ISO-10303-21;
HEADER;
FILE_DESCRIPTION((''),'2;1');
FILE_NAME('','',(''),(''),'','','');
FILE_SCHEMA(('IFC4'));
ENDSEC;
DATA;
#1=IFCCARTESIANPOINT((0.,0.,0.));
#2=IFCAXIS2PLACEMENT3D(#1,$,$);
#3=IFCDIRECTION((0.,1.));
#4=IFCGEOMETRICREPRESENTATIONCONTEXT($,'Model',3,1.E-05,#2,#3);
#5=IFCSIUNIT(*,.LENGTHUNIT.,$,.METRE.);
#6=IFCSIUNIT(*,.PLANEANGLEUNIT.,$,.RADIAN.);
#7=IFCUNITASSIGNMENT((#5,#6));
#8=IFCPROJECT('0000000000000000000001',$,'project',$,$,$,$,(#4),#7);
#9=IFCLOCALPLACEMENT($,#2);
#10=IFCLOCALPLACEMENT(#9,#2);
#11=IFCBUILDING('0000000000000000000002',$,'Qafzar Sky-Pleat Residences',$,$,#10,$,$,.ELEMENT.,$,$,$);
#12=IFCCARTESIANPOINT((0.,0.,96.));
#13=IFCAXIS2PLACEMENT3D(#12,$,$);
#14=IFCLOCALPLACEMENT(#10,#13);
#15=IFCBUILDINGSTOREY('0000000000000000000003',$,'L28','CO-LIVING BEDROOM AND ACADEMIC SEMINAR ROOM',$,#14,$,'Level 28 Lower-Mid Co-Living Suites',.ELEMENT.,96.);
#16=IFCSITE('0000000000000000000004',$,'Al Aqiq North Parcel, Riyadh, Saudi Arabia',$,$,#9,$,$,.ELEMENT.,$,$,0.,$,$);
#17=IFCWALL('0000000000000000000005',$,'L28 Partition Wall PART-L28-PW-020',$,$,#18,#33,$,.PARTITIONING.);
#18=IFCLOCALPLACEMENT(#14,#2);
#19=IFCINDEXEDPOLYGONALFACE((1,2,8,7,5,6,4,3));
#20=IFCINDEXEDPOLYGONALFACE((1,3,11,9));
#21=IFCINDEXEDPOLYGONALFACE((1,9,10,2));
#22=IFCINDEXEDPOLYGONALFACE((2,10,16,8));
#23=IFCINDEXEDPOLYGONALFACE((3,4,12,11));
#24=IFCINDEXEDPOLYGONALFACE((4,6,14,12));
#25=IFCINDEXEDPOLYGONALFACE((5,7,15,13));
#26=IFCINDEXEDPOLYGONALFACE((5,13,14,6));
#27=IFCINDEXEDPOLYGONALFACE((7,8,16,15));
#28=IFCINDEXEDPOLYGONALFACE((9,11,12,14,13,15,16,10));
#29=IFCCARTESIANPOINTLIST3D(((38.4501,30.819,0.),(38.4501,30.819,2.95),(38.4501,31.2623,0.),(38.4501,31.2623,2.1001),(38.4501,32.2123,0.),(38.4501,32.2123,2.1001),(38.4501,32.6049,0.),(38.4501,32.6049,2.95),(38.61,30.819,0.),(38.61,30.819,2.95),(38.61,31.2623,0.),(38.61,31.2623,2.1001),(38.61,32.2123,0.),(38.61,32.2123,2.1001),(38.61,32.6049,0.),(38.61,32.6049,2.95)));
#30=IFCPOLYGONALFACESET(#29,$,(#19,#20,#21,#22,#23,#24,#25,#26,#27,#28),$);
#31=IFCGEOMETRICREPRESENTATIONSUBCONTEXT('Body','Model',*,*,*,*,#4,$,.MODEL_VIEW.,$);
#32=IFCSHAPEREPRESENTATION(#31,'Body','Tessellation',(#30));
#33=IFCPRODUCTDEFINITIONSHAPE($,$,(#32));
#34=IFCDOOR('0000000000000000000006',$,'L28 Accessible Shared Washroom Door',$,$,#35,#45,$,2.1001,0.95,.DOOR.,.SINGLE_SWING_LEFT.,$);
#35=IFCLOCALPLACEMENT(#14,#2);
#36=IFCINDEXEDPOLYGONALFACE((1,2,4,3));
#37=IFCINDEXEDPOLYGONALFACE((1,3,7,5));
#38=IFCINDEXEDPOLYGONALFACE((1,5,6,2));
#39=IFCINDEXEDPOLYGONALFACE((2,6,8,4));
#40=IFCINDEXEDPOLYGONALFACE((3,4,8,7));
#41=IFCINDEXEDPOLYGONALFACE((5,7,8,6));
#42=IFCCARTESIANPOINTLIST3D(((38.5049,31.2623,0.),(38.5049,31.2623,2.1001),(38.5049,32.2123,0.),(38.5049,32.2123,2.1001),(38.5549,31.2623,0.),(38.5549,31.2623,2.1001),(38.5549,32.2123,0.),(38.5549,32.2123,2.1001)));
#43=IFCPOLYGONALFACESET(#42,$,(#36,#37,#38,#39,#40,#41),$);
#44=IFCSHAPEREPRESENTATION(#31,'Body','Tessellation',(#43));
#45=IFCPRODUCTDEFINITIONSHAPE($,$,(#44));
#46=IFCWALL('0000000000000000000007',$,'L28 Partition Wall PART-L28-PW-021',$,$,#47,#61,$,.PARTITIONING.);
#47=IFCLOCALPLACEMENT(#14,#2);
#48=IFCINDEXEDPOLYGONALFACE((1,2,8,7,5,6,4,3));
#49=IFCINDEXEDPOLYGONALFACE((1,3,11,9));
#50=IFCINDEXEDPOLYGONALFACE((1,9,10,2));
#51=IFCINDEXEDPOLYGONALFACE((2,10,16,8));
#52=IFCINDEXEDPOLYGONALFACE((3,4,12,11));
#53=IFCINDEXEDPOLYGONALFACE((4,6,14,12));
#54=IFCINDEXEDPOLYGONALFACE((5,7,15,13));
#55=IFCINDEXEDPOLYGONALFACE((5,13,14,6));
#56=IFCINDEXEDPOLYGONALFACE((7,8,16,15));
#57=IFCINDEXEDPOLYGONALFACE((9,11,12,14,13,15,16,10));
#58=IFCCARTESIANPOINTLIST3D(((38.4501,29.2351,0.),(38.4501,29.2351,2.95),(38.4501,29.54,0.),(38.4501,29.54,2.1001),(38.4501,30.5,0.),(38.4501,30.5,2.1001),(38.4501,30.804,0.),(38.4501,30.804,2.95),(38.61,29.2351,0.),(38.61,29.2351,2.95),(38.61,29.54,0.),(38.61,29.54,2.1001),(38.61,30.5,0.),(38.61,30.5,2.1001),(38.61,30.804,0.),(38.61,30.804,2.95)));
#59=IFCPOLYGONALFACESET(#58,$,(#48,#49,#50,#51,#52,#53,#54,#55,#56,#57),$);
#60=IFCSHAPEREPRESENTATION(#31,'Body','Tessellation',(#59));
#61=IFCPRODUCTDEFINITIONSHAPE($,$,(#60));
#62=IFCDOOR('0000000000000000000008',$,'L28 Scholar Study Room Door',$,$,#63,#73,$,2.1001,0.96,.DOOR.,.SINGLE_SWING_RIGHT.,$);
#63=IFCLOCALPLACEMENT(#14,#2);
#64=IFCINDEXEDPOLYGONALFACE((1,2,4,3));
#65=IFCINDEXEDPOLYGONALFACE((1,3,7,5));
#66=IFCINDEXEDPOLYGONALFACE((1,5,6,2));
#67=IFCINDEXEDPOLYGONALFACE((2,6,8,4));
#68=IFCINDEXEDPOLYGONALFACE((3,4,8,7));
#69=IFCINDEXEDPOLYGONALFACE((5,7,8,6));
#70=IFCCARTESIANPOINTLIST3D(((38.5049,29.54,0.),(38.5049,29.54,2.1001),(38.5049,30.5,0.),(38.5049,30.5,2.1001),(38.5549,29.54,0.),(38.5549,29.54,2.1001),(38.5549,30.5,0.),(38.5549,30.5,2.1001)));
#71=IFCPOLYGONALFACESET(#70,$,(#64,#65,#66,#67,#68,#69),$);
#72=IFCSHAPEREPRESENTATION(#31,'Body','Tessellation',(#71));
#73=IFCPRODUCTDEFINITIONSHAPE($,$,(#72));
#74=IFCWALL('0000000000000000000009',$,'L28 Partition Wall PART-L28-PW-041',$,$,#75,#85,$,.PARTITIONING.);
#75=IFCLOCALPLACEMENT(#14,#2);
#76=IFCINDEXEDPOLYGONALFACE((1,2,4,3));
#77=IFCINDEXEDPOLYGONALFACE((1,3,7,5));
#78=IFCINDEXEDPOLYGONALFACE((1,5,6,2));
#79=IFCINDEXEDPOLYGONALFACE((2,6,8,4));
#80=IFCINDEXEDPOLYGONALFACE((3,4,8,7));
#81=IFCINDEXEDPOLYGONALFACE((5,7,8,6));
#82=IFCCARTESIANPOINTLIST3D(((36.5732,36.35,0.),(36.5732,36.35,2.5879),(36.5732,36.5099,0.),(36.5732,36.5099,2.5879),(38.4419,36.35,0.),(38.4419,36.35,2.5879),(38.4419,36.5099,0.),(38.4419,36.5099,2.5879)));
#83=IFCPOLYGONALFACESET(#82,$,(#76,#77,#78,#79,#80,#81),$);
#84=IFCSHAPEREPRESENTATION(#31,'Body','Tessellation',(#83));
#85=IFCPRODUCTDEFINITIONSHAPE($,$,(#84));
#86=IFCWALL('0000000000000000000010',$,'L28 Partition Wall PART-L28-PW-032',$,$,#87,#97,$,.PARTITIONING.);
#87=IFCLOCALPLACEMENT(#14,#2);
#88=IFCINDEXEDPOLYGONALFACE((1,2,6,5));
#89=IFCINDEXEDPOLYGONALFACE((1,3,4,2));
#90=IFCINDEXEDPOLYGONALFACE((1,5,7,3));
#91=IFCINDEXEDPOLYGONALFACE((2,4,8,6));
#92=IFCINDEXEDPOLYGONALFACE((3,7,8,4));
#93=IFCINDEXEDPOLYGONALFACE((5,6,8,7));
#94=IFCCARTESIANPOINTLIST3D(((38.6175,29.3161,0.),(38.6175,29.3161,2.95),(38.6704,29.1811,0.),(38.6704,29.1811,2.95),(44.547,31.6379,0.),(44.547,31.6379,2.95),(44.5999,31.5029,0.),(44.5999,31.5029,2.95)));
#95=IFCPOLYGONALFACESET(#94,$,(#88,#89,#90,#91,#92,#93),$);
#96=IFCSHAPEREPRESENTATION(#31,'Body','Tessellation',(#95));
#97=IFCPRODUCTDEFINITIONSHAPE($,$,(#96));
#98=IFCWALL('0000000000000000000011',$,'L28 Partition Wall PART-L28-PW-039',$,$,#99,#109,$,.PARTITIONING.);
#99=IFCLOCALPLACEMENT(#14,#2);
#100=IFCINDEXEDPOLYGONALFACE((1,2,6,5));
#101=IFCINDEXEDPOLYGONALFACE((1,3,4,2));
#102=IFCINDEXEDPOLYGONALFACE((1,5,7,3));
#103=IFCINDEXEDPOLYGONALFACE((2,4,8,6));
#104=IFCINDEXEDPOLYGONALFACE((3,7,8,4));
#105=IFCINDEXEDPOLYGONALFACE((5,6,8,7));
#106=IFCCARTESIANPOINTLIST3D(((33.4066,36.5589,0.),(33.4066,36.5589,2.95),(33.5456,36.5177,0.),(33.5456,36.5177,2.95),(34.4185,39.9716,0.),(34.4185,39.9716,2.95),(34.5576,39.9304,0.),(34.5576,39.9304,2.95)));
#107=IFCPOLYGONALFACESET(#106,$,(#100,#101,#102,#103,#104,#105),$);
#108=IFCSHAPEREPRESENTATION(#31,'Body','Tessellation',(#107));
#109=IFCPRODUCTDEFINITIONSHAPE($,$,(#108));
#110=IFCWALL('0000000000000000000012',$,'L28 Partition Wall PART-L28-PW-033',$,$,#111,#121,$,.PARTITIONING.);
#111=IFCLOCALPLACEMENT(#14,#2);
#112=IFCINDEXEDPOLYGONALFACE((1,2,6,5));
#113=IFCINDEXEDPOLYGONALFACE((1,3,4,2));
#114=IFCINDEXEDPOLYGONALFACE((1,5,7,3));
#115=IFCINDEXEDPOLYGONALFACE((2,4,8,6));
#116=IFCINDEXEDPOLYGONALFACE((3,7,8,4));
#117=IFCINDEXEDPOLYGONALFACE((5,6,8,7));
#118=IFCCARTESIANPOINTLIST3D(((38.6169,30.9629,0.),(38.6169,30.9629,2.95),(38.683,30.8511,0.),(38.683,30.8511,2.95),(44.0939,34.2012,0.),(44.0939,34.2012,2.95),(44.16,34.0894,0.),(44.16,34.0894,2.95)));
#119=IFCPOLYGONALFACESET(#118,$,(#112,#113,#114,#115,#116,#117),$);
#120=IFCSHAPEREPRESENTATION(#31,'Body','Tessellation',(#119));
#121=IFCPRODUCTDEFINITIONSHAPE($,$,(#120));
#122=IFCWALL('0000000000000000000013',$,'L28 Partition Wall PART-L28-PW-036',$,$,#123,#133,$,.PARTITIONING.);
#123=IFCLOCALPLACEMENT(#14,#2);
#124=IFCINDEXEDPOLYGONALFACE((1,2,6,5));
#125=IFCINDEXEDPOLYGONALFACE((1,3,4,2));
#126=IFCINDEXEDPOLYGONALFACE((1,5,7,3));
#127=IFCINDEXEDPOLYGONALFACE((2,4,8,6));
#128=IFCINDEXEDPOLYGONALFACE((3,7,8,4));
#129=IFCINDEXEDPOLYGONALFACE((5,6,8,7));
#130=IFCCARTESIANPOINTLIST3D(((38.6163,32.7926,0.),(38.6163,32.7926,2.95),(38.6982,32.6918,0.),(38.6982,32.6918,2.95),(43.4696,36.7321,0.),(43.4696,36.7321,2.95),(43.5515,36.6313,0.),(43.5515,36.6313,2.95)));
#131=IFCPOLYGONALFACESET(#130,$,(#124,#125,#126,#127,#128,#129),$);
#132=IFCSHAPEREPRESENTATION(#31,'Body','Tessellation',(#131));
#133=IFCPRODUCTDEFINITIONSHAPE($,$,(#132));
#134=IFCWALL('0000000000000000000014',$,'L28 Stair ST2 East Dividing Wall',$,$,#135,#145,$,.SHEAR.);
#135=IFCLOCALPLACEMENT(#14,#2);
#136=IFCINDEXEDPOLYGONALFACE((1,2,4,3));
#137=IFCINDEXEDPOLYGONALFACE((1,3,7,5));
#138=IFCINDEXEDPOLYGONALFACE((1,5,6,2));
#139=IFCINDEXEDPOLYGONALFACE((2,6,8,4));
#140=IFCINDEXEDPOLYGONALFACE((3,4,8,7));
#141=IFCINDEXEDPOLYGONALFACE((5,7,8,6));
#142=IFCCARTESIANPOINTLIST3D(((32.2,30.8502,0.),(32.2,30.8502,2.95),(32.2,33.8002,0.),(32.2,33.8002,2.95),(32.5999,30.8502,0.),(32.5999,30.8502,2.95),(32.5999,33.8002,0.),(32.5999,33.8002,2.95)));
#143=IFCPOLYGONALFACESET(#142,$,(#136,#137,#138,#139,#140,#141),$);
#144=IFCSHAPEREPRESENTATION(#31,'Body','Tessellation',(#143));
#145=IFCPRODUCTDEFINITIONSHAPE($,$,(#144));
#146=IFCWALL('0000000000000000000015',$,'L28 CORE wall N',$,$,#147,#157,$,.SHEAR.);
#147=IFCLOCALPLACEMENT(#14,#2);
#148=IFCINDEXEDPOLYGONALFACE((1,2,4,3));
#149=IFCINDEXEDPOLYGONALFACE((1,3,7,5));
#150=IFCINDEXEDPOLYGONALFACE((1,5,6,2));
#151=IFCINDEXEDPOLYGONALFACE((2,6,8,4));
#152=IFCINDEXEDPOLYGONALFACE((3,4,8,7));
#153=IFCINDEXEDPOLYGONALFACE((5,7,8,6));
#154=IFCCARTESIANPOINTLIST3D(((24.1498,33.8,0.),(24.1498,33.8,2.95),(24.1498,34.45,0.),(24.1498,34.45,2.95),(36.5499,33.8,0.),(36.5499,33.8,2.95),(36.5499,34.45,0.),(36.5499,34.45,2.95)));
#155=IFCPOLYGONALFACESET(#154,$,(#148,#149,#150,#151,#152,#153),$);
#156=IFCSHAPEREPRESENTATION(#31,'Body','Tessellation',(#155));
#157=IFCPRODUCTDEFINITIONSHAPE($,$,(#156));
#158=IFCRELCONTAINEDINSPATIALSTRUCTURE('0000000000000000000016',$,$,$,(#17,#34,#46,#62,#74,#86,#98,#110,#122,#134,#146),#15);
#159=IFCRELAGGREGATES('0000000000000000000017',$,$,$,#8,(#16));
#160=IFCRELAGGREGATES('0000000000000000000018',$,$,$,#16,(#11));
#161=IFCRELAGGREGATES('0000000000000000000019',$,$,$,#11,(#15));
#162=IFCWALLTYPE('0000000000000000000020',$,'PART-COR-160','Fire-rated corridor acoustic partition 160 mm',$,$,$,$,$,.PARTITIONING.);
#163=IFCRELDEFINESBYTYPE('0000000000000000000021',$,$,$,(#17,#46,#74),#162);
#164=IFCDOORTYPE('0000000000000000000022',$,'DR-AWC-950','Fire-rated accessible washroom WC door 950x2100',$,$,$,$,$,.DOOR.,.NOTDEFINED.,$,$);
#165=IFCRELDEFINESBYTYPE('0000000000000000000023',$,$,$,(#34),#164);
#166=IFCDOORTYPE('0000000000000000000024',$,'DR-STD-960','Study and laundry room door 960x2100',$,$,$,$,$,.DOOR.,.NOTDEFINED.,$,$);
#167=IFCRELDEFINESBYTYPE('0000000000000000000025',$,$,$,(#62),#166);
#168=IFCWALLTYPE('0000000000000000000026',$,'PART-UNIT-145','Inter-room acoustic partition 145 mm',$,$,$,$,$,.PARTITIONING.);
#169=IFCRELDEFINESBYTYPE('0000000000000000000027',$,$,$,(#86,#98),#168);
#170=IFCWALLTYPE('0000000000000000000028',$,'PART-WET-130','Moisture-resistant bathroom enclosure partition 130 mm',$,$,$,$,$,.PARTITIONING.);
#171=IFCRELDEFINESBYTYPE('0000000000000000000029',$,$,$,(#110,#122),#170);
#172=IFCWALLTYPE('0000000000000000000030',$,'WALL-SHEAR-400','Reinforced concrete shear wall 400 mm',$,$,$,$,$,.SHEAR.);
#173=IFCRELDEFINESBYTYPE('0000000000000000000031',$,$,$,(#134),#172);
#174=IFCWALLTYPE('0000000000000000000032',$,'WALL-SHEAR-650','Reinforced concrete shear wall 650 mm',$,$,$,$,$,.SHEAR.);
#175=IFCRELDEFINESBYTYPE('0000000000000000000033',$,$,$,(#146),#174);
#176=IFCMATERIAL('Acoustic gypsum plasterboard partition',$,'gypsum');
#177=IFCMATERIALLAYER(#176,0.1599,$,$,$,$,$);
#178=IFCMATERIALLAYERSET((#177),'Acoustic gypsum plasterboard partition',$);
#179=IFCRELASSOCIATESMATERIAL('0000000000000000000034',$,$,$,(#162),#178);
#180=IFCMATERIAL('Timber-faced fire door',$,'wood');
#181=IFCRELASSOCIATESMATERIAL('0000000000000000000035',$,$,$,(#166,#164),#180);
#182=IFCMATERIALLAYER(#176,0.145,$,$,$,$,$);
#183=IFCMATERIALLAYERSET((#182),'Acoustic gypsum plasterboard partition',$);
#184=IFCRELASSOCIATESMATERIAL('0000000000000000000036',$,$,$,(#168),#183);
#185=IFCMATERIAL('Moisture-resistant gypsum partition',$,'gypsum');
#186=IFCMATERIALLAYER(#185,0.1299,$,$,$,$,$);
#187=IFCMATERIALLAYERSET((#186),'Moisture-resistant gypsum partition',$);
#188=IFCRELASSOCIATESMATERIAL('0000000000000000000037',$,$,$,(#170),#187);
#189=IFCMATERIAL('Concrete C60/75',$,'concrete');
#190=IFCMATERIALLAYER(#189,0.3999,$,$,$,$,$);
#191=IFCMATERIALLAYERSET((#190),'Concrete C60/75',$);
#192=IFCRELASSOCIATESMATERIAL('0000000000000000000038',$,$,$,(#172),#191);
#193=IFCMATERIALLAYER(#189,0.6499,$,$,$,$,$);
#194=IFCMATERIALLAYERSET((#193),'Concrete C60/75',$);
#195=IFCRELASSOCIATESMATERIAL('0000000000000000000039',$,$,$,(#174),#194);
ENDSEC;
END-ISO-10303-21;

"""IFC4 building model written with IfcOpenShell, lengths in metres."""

from ifc_helpers import new_model, si_unit, direction, frame, frame_2d, origin, place, context, subcontext, project, spatial, rectangle, extrude, source, transform, mapped, material, layer, layer_set, type_object, element, fill, save


model = new_model("IFC4")

# Units and contexts
model_context = context("Model", 3, precision=1e-05, world=origin(), true_north=direction((0.0, 1.0)))
body_context = subcontext(model_context, "Body", "Model", "MODEL_VIEW")
ifc_project = project(units=[si_unit("LENGTHUNIT", "METRE"), si_unit("PLANEANGLEUNIT", "RADIAN")], contexts=[model_context])

# Site, building, storey
site_placement = place(None, origin())
site = spatial("IfcSite", under=ifc_project, at=site_placement, Name="Al Aqiq North Parcel, Riyadh, Saudi Arabia", CompositionType="ELEMENT", RefElevation=0.0)
building_placement = place(site_placement, origin())
building = spatial("IfcBuilding", under=site, at=building_placement, Name="Qafzar Sky-Pleat Residences", CompositionType="ELEMENT")
storey_placement = place(building_placement, frame((0.0, 0.0, 96.0)))
storey = spatial("IfcBuildingStorey", under=building, at=storey_placement, Name="L28", Description="CO-LIVING BEDROOM AND ACADEMIC SEMINAR ROOM", LongName="Level 28 Lower-Mid Co-Living Suites", CompositionType="ELEMENT", Elevation=96.0)

# Walls, openings, doors
ifc_material_1 = material(Name="Acoustic gypsum plasterboard partition", Category="gypsum")
ifc_layer_1 = layer(ifc_material_1, 0.1599)
ifc_layer_set_1 = layer_set([ifc_layer_1], Name="Acoustic gypsum plasterboard partition")
wall_type_1 = type_object("IfcWallType", Name="PART-COR-160", Description="Fire-rated corridor acoustic partition 160 mm", PredefinedType="PARTITIONING", material=ifc_layer_set_1)
ifc_material_2 = material(Name="Timber-faced fire door", Category="wood")
door_type_1 = type_object("IfcDoorType", Name="DR-STD-960", Description="Study and laundry room door 960x2100", OperationType="NOTDEFINED", PredefinedType="DOOR", material=ifc_material_2)
shared_shape_1 = source(origin(), body_context, "Body", "SweptSolid", [
    extrude(rectangle(XDim=0.96, YDim=2.1001, at=frame_2d((0.48, 1.05))), frame((0.0, 0.0249, 0.0), z_axis=(0.0, -1.0, 0.0), x_axis=(1.0, 0.0, 0.0)), (0.0, 0.0, 1.0), 0.05),
])
wall_1_placement = place(storey_placement, frame((38.53, 32.605, 0.0), z_axis=(0.0, 0.0, 1.0), x_axis=(0.0, -1.0, 0.0)))
wall_1 = element("IfcWall", 1, at=wall_1_placement, inside=storey, type_object=wall_type_1, Name="L28 Partition Wall PART-L28-PW-020", PredefinedType="PARTITIONING", context=body_context, shape_type="SweptSolid", body=[
    extrude(rectangle(XDim=1.7859, YDim=0.1599, at=frame_2d((0.8931, 0.0))), origin(), (0.0, 0.0, 1.0), 2.95),
])
opening_1_placement = place(wall_1_placement, frame((0.3926, 0.0, 0.0)))
opening_1 = element("IfcOpeningElement", 2, at=opening_1_placement, cuts=wall_1, PredefinedType="OPENING", context=body_context, shape_type="SweptSolid", body=[
    extrude(rectangle(XDim=0.95, YDim=2.1001, at=frame_2d((0.4751, 1.05))), frame((0.0, 0.0898, 0.0), z_axis=(0.0, -1.0, 0.0), x_axis=(1.0, 0.0, 0.0)), (0.0, 0.0, 1.0), 0.1799),
])
door_type_2 = type_object("IfcDoorType", Name="DR-AWC-950", Description="Fire-rated accessible washroom WC door 950x2100", OperationType="NOTDEFINED", PredefinedType="DOOR", material=ifc_material_2)
shared_shape_2 = source(origin(), body_context, "Body", "SweptSolid", [
    extrude(rectangle(XDim=0.95, YDim=2.1001, at=frame_2d((0.4751, 1.05))), frame((0.0, 0.0249, 0.0), z_axis=(0.0, -1.0, 0.0), x_axis=(1.0, 0.0, 0.0)), (0.0, 0.0, 1.0), 0.05),
])
door_1_placement = place(opening_1_placement, origin())
door_1 = element("IfcDoor", 3, at=door_1_placement, inside=storey, type_object=door_type_2, Name="L28 Accessible Shared Washroom Door", OperationType="SINGLE_SWING_LEFT", OverallHeight=2.1001, OverallWidth=0.95, PredefinedType="DOOR", context=body_context, shape_type="MappedRepresentation", body=[
    mapped(shared_shape_2, transform((0.0, 0.0, 0.0), x_axis=(1.0, 0.0, 0.0), y_axis=(0.0, 1.0, 0.0), z_axis=(0.0, 0.0, 1.0), scale=1.0)),
])
fill(opening_1, door_1)
wall_2_placement = place(storey_placement, frame((38.53, 30.804, 0.0), z_axis=(0.0, 0.0, 1.0), x_axis=(0.0, -1.0, 0.0)))
wall_2 = element("IfcWall", 4, at=wall_2_placement, inside=storey, type_object=wall_type_1, Name="L28 Partition Wall PART-L28-PW-021", PredefinedType="PARTITIONING", context=body_context, shape_type="SweptSolid", body=[
    extrude(rectangle(XDim=1.5688, YDim=0.1599, at=frame_2d((0.7844, 0.0))), origin(), (0.0, 0.0, 1.0), 2.95),
])
opening_2_placement = place(wall_2_placement, frame((0.304, 0.0, 0.0)))
opening_2 = element("IfcOpeningElement", 5, at=opening_2_placement, cuts=wall_2, PredefinedType="OPENING", context=body_context, shape_type="SweptSolid", body=[
    extrude(rectangle(XDim=0.96, YDim=2.1001, at=frame_2d((0.48, 1.05))), frame((0.0, 0.0898, 0.0), z_axis=(0.0, -1.0, 0.0), x_axis=(1.0, 0.0, 0.0)), (0.0, 0.0, 1.0), 0.1799),
])
door_2_placement = place(opening_2_placement, origin())
door_2 = element("IfcDoor", 6, at=door_2_placement, inside=storey, type_object=door_type_1, Name="L28 Scholar Study Room Door", OperationType="SINGLE_SWING_RIGHT", OverallHeight=2.1001, OverallWidth=0.96, PredefinedType="DOOR", context=body_context, shape_type="MappedRepresentation", body=[
    mapped(shared_shape_1, transform((0.0, 0.0, 0.0), x_axis=(1.0, 0.0, 0.0), y_axis=(0.0, 1.0, 0.0), z_axis=(0.0, 0.0, 1.0), scale=1.0)),
])
fill(opening_2, door_2)

# Walls
wall_3_placement = place(storey_placement, frame((36.5732, 36.4299, 0.0), z_axis=(0.0, 0.0, 1.0), x_axis=(1.0, 0.0, 0.0)))
element("IfcWall", 7, at=wall_3_placement, inside=storey, type_object=wall_type_1, Name="L28 Partition Wall PART-L28-PW-041", PredefinedType="PARTITIONING", context=body_context, shape_type="SweptSolid", body=[
    extrude(rectangle(XDim=1.8687, YDim=0.1599, at=frame_2d((0.9343, 0.0))), origin(), (0.0, 0.0, 1.0), 2.5879),
])
ifc_layer_2 = layer(ifc_material_1, 0.145)
ifc_layer_set_2 = layer_set([ifc_layer_2], Name="Acoustic gypsum plasterboard partition")
wall_type_2 = type_object("IfcWallType", Name="PART-UNIT-145", Description="Inter-room acoustic partition 145 mm", PredefinedType="PARTITIONING", material=ifc_layer_set_2)
wall_4_placement = place(storey_placement, frame((38.6438, 29.2485, 0.0), z_axis=(0.0, 0.0, 1.0), x_axis=(0.93116, 0.364612, 0.0)))
element("IfcWall", 8, at=wall_4_placement, inside=storey, type_object=wall_type_2, Name="L28 Partition Wall PART-L28-PW-032", PredefinedType="PARTITIONING", context=body_context, shape_type="SweptSolid", body=[
    extrude(rectangle(XDim=6.3679, YDim=0.145, at=frame_2d((3.1841, 0.0))), origin(), (0.0, 0.0, 1.0), 2.95),
])
wall_5_placement = place(storey_placement, frame((33.4761, 36.5383, 0.0), z_axis=(0.0, 0.0, 1.0), x_axis=(0.284301, 0.958735, 0.0)))
element("IfcWall", 9, at=wall_5_placement, inside=storey, type_object=wall_type_2, Name="L28 Partition Wall PART-L28-PW-039", PredefinedType="PARTITIONING", context=body_context, shape_type="SweptSolid", body=[
    extrude(rectangle(XDim=3.5596, YDim=0.145, at=frame_2d((1.7798, 0.0))), origin(), (0.0, 0.0, 1.0), 2.95),
])
ifc_material_3 = material(Name="Moisture-resistant gypsum partition", Category="gypsum")
ifc_layer_3 = layer(ifc_material_3, 0.1299)
ifc_layer_set_3 = layer_set([ifc_layer_3], Name="Moisture-resistant gypsum partition")
wall_type_3 = type_object("IfcWallType", Name="PART-WET-130", Description="Moisture-resistant bathroom enclosure partition 130 mm", PredefinedType="PARTITIONING", material=ifc_layer_set_3)
wall_6_placement = place(storey_placement, frame((38.6499, 30.907, 0.0), z_axis=(0.0, 0.0, 1.0), x_axis=(0.8608, 0.508944, 0.0)))
element("IfcWall", 10, at=wall_6_placement, inside=storey, type_object=wall_type_3, Name="L28 Partition Wall PART-L28-PW-033", PredefinedType="PARTITIONING", context=body_context, shape_type="SweptSolid", body=[
    extrude(rectangle(XDim=6.3628, YDim=0.1299, at=frame_2d((3.1814, 0.0))), origin(), (0.0, 0.0, 1.0), 2.95),
])
wall_7_placement = place(storey_placement, frame((38.6572, 32.7422, 0.0), z_axis=(0.0, 0.0, 1.0), x_axis=(0.776414, 0.630223, 0.0)))
element("IfcWall", 11, at=wall_7_placement, inside=storey, type_object=wall_type_3, Name="L28 Partition Wall PART-L28-PW-036", PredefinedType="PARTITIONING", context=body_context, shape_type="SweptSolid", body=[
    extrude(rectangle(XDim=6.251, YDim=0.1299, at=frame_2d((3.1255, 0.0))), origin(), (0.0, 0.0, 1.0), 2.95),
])
ifc_material_4 = material(Name="Concrete C60/75", Category="concrete")
ifc_layer_4 = layer(ifc_material_4, 0.3999)
ifc_layer_set_4 = layer_set([ifc_layer_4], Name="Concrete C60/75")
wall_type_4 = type_object("IfcWallType", Name="WALL-SHEAR-400", Description="Reinforced concrete shear wall 400 mm", PredefinedType="SHEAR", material=ifc_layer_set_4)
wall_8_placement = place(storey_placement, frame((32.3999, 30.8501, 0.0), z_axis=(0.0, 0.0, 1.0), x_axis=(0.0, 1.0, 0.0)))
element("IfcWall", 12, at=wall_8_placement, inside=storey, type_object=wall_type_4, Name="L28 Stair ST2 East Dividing Wall", PredefinedType="SHEAR", context=body_context, shape_type="SweptSolid", body=[
    extrude(rectangle(XDim=2.95, YDim=0.3999, at=frame_2d((1.4751, 0.0))), origin(), (0.0, 0.0, 1.0), 2.95),
])
ifc_layer_5 = layer(ifc_material_4, 0.6499)
ifc_layer_set_5 = layer_set([ifc_layer_5], Name="Concrete C60/75")
wall_type_5 = type_object("IfcWallType", Name="WALL-SHEAR-650", Description="Reinforced concrete shear wall 650 mm", PredefinedType="SHEAR", material=ifc_layer_set_5)
wall_9_placement = place(storey_placement, frame((36.55, 34.125, 0.0), z_axis=(0.0, 0.0, 1.0), x_axis=(-1.0, 0.0, 0.0)))
element("IfcWall", 13, at=wall_9_placement, inside=storey, type_object=wall_type_5, Name="L28 CORE wall N", PredefinedType="SHEAR", context=body_context, shape_type="SweptSolid", body=[
    extrude(rectangle(XDim=12.4001, YDim=0.6499, at=frame_2d((6.2002, 0.0))), origin(), (0.0, 0.0, 1.0), 2.95),
])

save(model, "model.ifc")
